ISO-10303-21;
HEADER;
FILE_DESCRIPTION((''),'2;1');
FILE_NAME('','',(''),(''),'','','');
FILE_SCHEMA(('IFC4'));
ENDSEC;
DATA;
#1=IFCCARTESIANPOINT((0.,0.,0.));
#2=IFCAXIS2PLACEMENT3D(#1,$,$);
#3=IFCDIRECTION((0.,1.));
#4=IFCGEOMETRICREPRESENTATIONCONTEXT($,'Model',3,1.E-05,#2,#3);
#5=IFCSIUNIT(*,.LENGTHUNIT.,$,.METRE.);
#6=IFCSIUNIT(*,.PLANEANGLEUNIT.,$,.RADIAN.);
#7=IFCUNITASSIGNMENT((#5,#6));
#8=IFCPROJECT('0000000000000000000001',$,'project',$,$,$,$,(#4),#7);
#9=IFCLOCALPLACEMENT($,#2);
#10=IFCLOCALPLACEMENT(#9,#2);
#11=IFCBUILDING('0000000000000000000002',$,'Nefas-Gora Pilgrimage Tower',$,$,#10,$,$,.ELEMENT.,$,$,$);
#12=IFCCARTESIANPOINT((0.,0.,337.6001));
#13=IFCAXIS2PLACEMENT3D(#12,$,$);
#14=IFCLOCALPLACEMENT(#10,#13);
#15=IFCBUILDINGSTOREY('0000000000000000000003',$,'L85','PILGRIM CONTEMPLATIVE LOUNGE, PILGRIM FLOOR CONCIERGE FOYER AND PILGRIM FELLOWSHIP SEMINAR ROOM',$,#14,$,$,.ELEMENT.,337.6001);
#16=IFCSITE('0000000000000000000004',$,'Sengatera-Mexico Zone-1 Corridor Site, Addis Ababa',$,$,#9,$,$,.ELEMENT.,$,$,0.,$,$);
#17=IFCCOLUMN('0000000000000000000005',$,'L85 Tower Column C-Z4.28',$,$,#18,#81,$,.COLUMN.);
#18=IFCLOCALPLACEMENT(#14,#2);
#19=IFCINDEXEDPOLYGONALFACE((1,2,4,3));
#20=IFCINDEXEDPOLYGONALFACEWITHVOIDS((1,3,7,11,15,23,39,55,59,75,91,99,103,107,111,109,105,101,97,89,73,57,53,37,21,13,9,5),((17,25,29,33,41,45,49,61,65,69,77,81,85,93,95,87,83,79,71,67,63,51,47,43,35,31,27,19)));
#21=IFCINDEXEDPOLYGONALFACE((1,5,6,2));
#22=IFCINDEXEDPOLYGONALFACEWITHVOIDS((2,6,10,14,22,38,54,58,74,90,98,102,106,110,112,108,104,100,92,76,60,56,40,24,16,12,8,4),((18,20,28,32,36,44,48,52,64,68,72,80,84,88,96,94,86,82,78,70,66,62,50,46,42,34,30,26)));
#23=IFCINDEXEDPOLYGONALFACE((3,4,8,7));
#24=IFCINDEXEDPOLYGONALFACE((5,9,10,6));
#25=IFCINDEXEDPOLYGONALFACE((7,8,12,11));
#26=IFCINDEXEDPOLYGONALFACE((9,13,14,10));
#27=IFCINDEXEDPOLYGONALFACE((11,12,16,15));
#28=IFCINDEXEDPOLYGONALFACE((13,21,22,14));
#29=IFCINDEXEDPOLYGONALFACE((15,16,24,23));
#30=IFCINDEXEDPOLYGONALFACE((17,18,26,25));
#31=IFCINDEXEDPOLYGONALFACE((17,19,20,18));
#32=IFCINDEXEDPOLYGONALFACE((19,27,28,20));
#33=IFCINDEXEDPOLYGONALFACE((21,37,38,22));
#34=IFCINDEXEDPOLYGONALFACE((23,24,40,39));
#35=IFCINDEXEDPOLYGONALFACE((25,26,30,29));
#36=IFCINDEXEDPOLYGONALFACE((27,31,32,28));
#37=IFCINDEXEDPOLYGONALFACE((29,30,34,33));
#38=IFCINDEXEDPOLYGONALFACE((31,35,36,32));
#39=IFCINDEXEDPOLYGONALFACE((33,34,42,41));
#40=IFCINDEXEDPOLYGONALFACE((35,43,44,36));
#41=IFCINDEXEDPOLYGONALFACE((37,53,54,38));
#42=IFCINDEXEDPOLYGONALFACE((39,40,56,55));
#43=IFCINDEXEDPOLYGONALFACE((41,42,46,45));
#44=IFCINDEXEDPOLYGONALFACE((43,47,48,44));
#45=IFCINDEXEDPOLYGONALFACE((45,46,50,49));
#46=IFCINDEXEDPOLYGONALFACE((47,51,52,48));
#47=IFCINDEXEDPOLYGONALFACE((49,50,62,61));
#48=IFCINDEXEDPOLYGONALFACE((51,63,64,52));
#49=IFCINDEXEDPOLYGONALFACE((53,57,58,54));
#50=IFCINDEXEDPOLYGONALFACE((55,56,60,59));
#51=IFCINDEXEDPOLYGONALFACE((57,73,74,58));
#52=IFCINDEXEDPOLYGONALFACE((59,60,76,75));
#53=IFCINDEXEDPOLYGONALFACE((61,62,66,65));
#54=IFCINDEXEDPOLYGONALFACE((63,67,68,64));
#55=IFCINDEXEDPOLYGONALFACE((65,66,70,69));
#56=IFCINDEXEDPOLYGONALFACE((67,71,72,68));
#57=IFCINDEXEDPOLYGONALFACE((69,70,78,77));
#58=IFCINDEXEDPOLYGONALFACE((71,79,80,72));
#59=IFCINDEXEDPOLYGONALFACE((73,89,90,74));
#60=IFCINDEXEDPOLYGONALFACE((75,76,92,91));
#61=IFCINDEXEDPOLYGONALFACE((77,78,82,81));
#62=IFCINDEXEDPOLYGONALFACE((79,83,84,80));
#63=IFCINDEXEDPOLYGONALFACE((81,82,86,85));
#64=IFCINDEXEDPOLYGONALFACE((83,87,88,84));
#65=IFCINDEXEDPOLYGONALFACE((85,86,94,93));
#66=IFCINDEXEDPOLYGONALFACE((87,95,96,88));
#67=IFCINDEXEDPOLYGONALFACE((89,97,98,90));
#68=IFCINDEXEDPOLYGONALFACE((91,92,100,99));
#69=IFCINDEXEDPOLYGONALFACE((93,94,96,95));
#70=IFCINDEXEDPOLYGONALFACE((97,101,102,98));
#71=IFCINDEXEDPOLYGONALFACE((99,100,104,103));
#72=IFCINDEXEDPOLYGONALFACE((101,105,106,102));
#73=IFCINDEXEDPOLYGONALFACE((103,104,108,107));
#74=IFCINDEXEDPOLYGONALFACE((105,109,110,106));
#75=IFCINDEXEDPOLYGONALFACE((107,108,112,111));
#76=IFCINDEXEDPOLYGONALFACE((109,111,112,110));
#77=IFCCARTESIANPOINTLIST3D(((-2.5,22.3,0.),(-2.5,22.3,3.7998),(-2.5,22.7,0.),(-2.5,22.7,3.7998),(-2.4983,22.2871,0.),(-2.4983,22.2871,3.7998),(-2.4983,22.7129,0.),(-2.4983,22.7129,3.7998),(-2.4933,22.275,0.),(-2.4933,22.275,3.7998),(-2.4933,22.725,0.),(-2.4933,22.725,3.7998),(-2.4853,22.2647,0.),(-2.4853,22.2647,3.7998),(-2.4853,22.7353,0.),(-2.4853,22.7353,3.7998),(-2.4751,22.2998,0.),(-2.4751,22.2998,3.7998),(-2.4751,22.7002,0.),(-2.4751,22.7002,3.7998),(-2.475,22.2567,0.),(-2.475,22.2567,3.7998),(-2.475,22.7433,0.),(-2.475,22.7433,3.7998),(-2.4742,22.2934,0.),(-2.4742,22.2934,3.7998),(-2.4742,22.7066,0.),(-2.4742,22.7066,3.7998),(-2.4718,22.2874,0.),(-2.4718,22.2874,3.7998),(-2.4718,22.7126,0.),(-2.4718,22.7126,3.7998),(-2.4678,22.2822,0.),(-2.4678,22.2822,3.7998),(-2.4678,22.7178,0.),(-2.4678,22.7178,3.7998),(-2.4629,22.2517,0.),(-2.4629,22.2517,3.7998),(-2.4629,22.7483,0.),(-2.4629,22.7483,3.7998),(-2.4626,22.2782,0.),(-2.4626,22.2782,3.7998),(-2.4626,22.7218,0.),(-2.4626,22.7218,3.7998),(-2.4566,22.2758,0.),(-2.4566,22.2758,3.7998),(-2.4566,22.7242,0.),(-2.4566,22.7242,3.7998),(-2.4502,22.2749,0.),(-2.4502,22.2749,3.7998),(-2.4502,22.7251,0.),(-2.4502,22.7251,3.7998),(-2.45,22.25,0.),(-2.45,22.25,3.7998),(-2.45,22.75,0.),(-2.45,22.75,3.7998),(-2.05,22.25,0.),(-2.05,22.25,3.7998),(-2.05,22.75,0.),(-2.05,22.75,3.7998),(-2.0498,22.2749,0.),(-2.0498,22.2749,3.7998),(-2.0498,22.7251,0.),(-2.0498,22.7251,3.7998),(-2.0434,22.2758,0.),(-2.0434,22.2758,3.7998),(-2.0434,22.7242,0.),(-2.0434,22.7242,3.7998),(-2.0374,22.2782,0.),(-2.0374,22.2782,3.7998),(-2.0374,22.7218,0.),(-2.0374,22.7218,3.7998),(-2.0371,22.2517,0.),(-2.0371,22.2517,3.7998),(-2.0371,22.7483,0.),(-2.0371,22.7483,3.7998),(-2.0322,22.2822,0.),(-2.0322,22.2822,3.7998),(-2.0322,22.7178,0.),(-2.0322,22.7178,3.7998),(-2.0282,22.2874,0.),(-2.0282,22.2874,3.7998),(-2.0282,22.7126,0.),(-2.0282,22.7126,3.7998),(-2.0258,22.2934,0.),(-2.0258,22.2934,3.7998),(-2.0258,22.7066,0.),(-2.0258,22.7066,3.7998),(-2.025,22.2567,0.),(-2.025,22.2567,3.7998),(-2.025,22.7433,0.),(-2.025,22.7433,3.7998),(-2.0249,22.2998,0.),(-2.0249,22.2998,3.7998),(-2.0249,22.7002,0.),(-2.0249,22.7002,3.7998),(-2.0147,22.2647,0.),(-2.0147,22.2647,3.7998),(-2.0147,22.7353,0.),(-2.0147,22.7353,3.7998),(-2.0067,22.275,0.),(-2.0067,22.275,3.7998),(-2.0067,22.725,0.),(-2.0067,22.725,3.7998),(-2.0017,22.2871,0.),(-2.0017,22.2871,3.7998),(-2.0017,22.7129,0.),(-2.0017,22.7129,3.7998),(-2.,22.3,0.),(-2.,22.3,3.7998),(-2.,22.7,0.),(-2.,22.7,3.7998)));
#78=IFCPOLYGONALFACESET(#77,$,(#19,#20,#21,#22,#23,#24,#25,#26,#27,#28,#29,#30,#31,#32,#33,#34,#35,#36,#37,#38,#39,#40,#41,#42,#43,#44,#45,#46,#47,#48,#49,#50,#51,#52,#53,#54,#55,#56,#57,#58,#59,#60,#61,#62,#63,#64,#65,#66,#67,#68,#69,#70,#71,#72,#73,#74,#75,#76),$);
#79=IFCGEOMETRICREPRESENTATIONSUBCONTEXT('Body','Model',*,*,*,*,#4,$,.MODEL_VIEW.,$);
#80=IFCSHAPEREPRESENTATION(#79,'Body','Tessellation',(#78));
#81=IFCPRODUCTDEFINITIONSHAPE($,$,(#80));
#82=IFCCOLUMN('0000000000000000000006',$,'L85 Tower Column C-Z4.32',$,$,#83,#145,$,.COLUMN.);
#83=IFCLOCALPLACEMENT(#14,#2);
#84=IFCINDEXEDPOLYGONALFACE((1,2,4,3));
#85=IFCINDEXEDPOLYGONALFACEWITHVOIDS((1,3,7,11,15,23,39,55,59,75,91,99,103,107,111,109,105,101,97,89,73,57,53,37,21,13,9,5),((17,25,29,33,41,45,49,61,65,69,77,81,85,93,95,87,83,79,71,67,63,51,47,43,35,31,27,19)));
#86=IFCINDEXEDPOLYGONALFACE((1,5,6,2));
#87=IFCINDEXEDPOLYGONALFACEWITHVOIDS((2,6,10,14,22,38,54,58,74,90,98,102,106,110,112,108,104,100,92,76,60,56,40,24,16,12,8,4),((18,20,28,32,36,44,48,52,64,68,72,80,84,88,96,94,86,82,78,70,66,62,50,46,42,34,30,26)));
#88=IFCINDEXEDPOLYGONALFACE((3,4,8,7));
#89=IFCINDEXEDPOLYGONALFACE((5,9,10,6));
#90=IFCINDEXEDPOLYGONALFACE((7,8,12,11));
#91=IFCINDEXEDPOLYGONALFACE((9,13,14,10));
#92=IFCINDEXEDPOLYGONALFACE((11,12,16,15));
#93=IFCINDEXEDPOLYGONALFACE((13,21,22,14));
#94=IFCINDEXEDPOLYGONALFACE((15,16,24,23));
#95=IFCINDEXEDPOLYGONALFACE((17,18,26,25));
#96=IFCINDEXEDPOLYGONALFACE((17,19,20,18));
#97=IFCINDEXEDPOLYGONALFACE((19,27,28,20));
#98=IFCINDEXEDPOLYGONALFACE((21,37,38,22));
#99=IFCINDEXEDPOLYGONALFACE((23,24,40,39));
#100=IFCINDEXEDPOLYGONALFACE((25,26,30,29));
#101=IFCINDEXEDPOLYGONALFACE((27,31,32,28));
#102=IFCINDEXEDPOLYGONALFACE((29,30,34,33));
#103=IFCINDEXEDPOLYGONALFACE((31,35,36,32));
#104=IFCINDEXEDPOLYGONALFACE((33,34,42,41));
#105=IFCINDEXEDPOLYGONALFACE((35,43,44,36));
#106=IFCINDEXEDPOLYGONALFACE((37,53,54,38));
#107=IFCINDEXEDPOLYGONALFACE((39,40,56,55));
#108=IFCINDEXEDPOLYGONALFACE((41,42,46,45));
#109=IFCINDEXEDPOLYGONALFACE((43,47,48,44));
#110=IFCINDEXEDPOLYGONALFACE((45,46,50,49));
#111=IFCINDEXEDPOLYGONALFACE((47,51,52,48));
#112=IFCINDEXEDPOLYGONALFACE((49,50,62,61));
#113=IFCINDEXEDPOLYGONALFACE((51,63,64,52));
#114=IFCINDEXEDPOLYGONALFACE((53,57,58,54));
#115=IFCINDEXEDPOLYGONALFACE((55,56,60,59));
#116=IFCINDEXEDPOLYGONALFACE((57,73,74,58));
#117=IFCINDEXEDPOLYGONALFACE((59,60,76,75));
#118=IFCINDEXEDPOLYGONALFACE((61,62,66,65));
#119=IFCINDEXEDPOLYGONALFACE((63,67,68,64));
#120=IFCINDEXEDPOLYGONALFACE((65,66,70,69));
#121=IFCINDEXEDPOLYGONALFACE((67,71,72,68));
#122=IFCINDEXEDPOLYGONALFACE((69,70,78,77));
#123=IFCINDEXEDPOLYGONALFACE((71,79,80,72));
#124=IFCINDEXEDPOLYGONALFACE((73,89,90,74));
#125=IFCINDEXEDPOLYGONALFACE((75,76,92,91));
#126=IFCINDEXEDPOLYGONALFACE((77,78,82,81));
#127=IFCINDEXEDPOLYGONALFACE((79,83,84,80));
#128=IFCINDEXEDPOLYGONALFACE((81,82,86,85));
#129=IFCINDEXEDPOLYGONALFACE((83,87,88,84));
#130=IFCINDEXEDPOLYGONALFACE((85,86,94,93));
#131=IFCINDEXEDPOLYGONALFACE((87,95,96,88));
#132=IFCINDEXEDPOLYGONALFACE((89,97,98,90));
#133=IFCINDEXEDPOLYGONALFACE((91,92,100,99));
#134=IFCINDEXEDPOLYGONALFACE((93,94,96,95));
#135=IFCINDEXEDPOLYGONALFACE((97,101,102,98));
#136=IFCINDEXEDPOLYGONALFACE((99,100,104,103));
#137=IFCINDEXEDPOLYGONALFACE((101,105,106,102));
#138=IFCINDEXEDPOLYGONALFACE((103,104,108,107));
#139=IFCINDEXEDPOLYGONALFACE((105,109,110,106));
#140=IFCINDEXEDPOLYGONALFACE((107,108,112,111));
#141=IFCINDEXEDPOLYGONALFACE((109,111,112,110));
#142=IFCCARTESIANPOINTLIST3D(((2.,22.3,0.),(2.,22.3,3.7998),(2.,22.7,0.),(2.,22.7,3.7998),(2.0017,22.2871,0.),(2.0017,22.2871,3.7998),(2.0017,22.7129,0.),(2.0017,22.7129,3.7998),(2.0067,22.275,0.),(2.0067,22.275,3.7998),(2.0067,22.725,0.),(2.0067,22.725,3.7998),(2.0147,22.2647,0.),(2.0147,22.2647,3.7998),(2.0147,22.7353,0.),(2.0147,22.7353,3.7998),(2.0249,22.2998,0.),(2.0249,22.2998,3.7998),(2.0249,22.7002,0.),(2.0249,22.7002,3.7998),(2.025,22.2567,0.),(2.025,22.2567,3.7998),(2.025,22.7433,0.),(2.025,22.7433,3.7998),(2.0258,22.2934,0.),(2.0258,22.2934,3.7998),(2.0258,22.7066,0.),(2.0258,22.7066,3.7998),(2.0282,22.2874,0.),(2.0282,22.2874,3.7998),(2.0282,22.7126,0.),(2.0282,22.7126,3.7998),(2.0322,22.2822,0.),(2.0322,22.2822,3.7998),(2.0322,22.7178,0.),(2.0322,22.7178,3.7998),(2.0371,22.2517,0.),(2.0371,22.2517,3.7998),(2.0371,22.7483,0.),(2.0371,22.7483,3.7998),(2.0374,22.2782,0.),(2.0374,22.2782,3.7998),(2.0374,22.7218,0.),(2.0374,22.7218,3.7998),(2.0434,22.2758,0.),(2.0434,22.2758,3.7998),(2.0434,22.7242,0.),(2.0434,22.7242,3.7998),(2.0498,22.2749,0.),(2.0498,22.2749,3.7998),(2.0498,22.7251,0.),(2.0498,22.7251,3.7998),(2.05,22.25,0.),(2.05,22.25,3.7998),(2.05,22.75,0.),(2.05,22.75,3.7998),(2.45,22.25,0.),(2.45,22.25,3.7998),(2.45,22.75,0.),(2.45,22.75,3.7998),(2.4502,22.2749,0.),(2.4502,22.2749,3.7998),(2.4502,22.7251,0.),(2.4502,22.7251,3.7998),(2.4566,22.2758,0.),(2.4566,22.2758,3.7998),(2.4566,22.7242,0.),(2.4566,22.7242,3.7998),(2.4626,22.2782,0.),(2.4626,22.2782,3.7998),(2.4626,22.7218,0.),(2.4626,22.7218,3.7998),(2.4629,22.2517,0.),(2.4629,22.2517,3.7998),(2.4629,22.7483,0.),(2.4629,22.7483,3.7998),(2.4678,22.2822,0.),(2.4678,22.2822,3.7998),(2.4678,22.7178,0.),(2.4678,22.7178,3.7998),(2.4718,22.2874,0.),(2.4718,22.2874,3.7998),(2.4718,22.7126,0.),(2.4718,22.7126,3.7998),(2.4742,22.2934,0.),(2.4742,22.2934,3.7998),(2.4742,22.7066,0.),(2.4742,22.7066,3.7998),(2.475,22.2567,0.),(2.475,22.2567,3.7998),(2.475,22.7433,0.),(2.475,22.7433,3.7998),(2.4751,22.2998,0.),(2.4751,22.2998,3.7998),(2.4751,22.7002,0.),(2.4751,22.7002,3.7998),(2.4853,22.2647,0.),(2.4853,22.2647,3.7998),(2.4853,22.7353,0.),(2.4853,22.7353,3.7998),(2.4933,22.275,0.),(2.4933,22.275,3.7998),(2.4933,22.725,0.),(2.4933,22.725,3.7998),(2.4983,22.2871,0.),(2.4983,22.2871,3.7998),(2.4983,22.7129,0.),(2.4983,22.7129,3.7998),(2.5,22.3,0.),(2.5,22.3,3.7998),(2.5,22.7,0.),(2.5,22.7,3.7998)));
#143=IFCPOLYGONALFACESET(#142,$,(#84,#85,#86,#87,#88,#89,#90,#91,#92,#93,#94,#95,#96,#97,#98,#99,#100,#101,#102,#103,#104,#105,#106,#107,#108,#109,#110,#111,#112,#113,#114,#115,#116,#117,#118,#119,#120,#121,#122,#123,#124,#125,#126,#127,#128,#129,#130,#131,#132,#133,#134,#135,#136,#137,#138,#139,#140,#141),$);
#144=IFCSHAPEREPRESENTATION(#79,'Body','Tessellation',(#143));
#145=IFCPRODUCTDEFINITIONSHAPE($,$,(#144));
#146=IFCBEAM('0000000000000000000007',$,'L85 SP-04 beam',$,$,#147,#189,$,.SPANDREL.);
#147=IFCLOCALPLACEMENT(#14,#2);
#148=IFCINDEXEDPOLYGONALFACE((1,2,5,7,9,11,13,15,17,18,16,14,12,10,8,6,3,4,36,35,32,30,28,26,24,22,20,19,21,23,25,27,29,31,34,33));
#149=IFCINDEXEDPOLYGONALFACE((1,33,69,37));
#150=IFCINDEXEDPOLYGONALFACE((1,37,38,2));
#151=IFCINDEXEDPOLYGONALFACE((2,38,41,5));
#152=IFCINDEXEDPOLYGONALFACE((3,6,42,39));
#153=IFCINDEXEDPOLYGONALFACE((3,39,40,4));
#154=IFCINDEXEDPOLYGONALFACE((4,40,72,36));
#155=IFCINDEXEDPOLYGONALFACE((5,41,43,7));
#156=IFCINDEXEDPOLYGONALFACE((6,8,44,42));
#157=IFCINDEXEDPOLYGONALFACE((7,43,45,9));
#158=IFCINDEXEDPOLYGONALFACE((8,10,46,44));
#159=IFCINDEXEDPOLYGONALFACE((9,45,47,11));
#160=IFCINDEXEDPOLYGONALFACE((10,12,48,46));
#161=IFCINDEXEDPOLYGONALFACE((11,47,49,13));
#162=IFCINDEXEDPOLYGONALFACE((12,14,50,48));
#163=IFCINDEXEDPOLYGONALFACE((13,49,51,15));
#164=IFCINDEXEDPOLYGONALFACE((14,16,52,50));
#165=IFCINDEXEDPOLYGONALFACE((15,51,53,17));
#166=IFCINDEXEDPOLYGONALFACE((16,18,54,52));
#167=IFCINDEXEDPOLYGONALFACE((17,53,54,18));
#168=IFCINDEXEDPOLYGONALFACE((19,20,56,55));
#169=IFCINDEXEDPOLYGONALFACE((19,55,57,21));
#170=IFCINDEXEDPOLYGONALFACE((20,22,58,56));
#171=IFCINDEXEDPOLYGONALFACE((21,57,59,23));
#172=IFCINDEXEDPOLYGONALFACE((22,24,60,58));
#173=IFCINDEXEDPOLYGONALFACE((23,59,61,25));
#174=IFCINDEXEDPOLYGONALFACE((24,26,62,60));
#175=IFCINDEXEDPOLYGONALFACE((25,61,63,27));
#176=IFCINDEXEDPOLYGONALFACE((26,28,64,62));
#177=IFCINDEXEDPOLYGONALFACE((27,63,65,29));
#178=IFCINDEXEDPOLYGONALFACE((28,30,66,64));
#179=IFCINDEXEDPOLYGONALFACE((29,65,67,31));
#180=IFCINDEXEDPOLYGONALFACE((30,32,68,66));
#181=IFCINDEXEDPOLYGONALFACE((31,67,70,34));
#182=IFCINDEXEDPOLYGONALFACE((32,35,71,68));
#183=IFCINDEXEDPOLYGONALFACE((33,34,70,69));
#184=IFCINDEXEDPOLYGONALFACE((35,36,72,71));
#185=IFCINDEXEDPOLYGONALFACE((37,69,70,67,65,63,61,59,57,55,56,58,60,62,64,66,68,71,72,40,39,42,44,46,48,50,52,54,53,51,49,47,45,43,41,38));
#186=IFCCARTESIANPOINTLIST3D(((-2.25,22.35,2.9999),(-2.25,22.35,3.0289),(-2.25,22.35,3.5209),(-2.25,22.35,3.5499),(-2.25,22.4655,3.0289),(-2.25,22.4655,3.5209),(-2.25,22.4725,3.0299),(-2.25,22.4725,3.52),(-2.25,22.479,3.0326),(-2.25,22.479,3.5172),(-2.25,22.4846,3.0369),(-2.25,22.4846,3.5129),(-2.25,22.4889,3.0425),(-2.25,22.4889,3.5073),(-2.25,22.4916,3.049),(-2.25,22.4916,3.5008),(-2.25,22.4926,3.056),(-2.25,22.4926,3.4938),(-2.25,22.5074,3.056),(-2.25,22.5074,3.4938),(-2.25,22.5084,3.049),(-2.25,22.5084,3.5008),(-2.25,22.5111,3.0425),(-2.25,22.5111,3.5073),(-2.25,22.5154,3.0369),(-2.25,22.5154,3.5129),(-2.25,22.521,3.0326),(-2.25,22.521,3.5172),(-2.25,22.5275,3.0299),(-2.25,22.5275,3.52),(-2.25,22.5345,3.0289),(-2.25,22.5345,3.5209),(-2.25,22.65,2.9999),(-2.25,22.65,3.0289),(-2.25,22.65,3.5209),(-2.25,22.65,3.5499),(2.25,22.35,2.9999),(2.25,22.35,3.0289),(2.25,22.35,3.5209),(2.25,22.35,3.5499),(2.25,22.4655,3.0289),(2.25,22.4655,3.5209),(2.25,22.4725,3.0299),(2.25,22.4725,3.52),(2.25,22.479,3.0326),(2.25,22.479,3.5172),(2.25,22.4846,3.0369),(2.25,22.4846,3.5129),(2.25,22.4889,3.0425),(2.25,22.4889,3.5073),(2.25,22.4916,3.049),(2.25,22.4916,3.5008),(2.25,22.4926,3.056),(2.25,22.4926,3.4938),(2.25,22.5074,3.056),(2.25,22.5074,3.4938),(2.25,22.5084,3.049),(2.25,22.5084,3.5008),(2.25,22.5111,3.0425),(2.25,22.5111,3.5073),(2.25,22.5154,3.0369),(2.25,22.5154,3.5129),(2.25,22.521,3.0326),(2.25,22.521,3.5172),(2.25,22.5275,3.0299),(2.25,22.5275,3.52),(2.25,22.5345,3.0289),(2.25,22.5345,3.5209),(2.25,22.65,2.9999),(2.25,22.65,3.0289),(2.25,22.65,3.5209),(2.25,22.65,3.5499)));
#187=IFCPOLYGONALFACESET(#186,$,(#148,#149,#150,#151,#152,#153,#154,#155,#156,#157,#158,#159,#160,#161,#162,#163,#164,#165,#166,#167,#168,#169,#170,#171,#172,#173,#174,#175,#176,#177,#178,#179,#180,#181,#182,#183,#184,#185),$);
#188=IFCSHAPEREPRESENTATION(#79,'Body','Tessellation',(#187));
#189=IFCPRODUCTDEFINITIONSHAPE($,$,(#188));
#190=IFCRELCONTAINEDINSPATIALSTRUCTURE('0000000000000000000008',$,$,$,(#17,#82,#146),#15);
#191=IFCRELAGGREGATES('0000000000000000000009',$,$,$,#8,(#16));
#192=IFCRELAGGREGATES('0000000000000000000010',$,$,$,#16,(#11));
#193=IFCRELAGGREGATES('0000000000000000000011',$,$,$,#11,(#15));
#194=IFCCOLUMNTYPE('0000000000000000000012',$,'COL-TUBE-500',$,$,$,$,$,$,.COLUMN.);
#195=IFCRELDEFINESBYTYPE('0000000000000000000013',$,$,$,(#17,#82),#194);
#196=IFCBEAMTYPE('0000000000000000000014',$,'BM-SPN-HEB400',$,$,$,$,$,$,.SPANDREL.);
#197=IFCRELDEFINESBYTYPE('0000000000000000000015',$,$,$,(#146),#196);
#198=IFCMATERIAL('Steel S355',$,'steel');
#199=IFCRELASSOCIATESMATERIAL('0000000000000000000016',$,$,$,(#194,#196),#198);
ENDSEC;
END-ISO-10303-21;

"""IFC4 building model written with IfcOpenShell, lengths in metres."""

from ifc_helpers import new_model, si_unit, direction, frame, origin, origin_2d, place, context, subcontext, project, spatial, hollow_rectangle, i_section, extrude, source, transform, mapped, material, material_profile, profile_set, type_object, element, save


model = new_model("IFC4")

# Units and contexts
model_context = context("Model", 3, precision=1e-05, world=origin(), true_north=direction((0.0, 1.0)))
body_context = subcontext(model_context, "Body", "Model", "MODEL_VIEW")
ifc_project = project(units=[si_unit("LENGTHUNIT", "METRE"), si_unit("PLANEANGLEUNIT", "RADIAN")], contexts=[model_context])

# Site, building, storey
site_placement = place(None, origin())
site = spatial("IfcSite", under=ifc_project, at=site_placement, Name="Sengatera-Mexico Zone-1 Corridor Site, Addis Ababa", CompositionType="ELEMENT", RefElevation=0.0)
building_placement = place(site_placement, origin())
building = spatial("IfcBuilding", under=site, at=building_placement, Name="Nefas-Gora Pilgrimage Tower", CompositionType="ELEMENT")
storey_placement = place(building_placement, frame((0.0, 0.0, 337.6001)))
storey = spatial("IfcBuildingStorey", under=building, at=storey_placement, Name="L85", Description="PILGRIM CONTEMPLATIVE LOUNGE, PILGRIM FLOOR CONCIERGE FOYER AND PILGRIM FELLOWSHIP SEMINAR ROOM", CompositionType="ELEMENT", Elevation=337.6001)

# Columns
ifc_material_1 = material(Name="Steel S355", Category="steel")
ifc_material_profile_1 = material_profile(ifc_material_1, hollow_rectangle(XDim=0.5, YDim=0.5, WallThickness=0.0249, InnerFilletRadius=0.0249, OuterFilletRadius=0.05, at=origin_2d()), Name="SHS 500x500x25")
ifc_profile_set_1 = profile_set([ifc_material_profile_1], Name="Steel S355")
column_type_1 = type_object("IfcColumnType", Name="COL-TUBE-500", PredefinedType="COLUMN", material=ifc_profile_set_1)
shared_shape_1 = source(origin(), body_context, "Body", "SweptSolid", [
    extrude(hollow_rectangle(XDim=0.5, YDim=0.5, WallThickness=0.0249, InnerFilletRadius=0.0249, OuterFilletRadius=0.05, at=origin_2d()), origin(), (0.0, 0.0, 1.0), 3.7998),
])
for number, where, z_axis, x_axis, name in (
    (1, (-2.25, 22.5, 0.0), (0.0, 0.0, 1.0), (1.0, 0.0, 0.0), "L85 Tower Column C-Z4.28"),
    (2, (2.25, 22.5, 0.0), (0.0, 0.0, 1.0), (1.0, 0.0, 0.0), "L85 Tower Column C-Z4.32"),
):
    element("IfcColumn", number, at=place(storey_placement, frame(where, z_axis=z_axis, x_axis=x_axis)), inside=storey, type_object=column_type_1, Name=name, PredefinedType="COLUMN", context=body_context, shape_type="MappedRepresentation", body=[
        mapped(shared_shape_1, transform((0.0, 0.0, 0.0), x_axis=(1.0, 0.0, 0.0), y_axis=(0.0, 1.0, 0.0), z_axis=(0.0, 0.0, 1.0), scale=1.0)),
    ])

# Beam
ifc_material_profile_2 = material_profile(ifc_material_1, i_section(OverallWidth=0.3, OverallDepth=0.55, WebThickness=0.0149, FlangeThickness=0.0291, FilletRadius=0.0271, at=origin_2d()), Name="HEB 550")
ifc_profile_set_2 = profile_set([ifc_material_profile_2], Name="Steel S355")
beam_type_1 = type_object("IfcBeamType", Name="BM-SPN-HEB400", PredefinedType="SPANDREL", material=ifc_profile_set_2)
shared_shape_2 = source(origin(), body_context, "Body", "SweptSolid", [
    extrude(i_section(OverallWidth=0.3, OverallDepth=0.55, WebThickness=0.0149, FlangeThickness=0.0291, FilletRadius=0.0271, at=origin_2d()), origin(), (0.0, 0.0, 1.0), 4.5),
])
beam_placement = place(storey_placement, frame((-2.25, 22.5, 3.2749), z_axis=(1.0, 0.0, 0.0), x_axis=(0.0, 1.0, 0.0)))
element("IfcBeam", 3, at=beam_placement, inside=storey, type_object=beam_type_1, Name="L85 SP-04 beam", PredefinedType="SPANDREL", context=body_context, shape_type="MappedRepresentation", body=[
    mapped(shared_shape_2, transform((0.0, 0.0, 0.0), x_axis=(1.0, 0.0, 0.0), y_axis=(0.0, 1.0, 0.0), z_axis=(0.0, 0.0, 1.0), scale=1.0)),
])

save(model, "model.ifc")
